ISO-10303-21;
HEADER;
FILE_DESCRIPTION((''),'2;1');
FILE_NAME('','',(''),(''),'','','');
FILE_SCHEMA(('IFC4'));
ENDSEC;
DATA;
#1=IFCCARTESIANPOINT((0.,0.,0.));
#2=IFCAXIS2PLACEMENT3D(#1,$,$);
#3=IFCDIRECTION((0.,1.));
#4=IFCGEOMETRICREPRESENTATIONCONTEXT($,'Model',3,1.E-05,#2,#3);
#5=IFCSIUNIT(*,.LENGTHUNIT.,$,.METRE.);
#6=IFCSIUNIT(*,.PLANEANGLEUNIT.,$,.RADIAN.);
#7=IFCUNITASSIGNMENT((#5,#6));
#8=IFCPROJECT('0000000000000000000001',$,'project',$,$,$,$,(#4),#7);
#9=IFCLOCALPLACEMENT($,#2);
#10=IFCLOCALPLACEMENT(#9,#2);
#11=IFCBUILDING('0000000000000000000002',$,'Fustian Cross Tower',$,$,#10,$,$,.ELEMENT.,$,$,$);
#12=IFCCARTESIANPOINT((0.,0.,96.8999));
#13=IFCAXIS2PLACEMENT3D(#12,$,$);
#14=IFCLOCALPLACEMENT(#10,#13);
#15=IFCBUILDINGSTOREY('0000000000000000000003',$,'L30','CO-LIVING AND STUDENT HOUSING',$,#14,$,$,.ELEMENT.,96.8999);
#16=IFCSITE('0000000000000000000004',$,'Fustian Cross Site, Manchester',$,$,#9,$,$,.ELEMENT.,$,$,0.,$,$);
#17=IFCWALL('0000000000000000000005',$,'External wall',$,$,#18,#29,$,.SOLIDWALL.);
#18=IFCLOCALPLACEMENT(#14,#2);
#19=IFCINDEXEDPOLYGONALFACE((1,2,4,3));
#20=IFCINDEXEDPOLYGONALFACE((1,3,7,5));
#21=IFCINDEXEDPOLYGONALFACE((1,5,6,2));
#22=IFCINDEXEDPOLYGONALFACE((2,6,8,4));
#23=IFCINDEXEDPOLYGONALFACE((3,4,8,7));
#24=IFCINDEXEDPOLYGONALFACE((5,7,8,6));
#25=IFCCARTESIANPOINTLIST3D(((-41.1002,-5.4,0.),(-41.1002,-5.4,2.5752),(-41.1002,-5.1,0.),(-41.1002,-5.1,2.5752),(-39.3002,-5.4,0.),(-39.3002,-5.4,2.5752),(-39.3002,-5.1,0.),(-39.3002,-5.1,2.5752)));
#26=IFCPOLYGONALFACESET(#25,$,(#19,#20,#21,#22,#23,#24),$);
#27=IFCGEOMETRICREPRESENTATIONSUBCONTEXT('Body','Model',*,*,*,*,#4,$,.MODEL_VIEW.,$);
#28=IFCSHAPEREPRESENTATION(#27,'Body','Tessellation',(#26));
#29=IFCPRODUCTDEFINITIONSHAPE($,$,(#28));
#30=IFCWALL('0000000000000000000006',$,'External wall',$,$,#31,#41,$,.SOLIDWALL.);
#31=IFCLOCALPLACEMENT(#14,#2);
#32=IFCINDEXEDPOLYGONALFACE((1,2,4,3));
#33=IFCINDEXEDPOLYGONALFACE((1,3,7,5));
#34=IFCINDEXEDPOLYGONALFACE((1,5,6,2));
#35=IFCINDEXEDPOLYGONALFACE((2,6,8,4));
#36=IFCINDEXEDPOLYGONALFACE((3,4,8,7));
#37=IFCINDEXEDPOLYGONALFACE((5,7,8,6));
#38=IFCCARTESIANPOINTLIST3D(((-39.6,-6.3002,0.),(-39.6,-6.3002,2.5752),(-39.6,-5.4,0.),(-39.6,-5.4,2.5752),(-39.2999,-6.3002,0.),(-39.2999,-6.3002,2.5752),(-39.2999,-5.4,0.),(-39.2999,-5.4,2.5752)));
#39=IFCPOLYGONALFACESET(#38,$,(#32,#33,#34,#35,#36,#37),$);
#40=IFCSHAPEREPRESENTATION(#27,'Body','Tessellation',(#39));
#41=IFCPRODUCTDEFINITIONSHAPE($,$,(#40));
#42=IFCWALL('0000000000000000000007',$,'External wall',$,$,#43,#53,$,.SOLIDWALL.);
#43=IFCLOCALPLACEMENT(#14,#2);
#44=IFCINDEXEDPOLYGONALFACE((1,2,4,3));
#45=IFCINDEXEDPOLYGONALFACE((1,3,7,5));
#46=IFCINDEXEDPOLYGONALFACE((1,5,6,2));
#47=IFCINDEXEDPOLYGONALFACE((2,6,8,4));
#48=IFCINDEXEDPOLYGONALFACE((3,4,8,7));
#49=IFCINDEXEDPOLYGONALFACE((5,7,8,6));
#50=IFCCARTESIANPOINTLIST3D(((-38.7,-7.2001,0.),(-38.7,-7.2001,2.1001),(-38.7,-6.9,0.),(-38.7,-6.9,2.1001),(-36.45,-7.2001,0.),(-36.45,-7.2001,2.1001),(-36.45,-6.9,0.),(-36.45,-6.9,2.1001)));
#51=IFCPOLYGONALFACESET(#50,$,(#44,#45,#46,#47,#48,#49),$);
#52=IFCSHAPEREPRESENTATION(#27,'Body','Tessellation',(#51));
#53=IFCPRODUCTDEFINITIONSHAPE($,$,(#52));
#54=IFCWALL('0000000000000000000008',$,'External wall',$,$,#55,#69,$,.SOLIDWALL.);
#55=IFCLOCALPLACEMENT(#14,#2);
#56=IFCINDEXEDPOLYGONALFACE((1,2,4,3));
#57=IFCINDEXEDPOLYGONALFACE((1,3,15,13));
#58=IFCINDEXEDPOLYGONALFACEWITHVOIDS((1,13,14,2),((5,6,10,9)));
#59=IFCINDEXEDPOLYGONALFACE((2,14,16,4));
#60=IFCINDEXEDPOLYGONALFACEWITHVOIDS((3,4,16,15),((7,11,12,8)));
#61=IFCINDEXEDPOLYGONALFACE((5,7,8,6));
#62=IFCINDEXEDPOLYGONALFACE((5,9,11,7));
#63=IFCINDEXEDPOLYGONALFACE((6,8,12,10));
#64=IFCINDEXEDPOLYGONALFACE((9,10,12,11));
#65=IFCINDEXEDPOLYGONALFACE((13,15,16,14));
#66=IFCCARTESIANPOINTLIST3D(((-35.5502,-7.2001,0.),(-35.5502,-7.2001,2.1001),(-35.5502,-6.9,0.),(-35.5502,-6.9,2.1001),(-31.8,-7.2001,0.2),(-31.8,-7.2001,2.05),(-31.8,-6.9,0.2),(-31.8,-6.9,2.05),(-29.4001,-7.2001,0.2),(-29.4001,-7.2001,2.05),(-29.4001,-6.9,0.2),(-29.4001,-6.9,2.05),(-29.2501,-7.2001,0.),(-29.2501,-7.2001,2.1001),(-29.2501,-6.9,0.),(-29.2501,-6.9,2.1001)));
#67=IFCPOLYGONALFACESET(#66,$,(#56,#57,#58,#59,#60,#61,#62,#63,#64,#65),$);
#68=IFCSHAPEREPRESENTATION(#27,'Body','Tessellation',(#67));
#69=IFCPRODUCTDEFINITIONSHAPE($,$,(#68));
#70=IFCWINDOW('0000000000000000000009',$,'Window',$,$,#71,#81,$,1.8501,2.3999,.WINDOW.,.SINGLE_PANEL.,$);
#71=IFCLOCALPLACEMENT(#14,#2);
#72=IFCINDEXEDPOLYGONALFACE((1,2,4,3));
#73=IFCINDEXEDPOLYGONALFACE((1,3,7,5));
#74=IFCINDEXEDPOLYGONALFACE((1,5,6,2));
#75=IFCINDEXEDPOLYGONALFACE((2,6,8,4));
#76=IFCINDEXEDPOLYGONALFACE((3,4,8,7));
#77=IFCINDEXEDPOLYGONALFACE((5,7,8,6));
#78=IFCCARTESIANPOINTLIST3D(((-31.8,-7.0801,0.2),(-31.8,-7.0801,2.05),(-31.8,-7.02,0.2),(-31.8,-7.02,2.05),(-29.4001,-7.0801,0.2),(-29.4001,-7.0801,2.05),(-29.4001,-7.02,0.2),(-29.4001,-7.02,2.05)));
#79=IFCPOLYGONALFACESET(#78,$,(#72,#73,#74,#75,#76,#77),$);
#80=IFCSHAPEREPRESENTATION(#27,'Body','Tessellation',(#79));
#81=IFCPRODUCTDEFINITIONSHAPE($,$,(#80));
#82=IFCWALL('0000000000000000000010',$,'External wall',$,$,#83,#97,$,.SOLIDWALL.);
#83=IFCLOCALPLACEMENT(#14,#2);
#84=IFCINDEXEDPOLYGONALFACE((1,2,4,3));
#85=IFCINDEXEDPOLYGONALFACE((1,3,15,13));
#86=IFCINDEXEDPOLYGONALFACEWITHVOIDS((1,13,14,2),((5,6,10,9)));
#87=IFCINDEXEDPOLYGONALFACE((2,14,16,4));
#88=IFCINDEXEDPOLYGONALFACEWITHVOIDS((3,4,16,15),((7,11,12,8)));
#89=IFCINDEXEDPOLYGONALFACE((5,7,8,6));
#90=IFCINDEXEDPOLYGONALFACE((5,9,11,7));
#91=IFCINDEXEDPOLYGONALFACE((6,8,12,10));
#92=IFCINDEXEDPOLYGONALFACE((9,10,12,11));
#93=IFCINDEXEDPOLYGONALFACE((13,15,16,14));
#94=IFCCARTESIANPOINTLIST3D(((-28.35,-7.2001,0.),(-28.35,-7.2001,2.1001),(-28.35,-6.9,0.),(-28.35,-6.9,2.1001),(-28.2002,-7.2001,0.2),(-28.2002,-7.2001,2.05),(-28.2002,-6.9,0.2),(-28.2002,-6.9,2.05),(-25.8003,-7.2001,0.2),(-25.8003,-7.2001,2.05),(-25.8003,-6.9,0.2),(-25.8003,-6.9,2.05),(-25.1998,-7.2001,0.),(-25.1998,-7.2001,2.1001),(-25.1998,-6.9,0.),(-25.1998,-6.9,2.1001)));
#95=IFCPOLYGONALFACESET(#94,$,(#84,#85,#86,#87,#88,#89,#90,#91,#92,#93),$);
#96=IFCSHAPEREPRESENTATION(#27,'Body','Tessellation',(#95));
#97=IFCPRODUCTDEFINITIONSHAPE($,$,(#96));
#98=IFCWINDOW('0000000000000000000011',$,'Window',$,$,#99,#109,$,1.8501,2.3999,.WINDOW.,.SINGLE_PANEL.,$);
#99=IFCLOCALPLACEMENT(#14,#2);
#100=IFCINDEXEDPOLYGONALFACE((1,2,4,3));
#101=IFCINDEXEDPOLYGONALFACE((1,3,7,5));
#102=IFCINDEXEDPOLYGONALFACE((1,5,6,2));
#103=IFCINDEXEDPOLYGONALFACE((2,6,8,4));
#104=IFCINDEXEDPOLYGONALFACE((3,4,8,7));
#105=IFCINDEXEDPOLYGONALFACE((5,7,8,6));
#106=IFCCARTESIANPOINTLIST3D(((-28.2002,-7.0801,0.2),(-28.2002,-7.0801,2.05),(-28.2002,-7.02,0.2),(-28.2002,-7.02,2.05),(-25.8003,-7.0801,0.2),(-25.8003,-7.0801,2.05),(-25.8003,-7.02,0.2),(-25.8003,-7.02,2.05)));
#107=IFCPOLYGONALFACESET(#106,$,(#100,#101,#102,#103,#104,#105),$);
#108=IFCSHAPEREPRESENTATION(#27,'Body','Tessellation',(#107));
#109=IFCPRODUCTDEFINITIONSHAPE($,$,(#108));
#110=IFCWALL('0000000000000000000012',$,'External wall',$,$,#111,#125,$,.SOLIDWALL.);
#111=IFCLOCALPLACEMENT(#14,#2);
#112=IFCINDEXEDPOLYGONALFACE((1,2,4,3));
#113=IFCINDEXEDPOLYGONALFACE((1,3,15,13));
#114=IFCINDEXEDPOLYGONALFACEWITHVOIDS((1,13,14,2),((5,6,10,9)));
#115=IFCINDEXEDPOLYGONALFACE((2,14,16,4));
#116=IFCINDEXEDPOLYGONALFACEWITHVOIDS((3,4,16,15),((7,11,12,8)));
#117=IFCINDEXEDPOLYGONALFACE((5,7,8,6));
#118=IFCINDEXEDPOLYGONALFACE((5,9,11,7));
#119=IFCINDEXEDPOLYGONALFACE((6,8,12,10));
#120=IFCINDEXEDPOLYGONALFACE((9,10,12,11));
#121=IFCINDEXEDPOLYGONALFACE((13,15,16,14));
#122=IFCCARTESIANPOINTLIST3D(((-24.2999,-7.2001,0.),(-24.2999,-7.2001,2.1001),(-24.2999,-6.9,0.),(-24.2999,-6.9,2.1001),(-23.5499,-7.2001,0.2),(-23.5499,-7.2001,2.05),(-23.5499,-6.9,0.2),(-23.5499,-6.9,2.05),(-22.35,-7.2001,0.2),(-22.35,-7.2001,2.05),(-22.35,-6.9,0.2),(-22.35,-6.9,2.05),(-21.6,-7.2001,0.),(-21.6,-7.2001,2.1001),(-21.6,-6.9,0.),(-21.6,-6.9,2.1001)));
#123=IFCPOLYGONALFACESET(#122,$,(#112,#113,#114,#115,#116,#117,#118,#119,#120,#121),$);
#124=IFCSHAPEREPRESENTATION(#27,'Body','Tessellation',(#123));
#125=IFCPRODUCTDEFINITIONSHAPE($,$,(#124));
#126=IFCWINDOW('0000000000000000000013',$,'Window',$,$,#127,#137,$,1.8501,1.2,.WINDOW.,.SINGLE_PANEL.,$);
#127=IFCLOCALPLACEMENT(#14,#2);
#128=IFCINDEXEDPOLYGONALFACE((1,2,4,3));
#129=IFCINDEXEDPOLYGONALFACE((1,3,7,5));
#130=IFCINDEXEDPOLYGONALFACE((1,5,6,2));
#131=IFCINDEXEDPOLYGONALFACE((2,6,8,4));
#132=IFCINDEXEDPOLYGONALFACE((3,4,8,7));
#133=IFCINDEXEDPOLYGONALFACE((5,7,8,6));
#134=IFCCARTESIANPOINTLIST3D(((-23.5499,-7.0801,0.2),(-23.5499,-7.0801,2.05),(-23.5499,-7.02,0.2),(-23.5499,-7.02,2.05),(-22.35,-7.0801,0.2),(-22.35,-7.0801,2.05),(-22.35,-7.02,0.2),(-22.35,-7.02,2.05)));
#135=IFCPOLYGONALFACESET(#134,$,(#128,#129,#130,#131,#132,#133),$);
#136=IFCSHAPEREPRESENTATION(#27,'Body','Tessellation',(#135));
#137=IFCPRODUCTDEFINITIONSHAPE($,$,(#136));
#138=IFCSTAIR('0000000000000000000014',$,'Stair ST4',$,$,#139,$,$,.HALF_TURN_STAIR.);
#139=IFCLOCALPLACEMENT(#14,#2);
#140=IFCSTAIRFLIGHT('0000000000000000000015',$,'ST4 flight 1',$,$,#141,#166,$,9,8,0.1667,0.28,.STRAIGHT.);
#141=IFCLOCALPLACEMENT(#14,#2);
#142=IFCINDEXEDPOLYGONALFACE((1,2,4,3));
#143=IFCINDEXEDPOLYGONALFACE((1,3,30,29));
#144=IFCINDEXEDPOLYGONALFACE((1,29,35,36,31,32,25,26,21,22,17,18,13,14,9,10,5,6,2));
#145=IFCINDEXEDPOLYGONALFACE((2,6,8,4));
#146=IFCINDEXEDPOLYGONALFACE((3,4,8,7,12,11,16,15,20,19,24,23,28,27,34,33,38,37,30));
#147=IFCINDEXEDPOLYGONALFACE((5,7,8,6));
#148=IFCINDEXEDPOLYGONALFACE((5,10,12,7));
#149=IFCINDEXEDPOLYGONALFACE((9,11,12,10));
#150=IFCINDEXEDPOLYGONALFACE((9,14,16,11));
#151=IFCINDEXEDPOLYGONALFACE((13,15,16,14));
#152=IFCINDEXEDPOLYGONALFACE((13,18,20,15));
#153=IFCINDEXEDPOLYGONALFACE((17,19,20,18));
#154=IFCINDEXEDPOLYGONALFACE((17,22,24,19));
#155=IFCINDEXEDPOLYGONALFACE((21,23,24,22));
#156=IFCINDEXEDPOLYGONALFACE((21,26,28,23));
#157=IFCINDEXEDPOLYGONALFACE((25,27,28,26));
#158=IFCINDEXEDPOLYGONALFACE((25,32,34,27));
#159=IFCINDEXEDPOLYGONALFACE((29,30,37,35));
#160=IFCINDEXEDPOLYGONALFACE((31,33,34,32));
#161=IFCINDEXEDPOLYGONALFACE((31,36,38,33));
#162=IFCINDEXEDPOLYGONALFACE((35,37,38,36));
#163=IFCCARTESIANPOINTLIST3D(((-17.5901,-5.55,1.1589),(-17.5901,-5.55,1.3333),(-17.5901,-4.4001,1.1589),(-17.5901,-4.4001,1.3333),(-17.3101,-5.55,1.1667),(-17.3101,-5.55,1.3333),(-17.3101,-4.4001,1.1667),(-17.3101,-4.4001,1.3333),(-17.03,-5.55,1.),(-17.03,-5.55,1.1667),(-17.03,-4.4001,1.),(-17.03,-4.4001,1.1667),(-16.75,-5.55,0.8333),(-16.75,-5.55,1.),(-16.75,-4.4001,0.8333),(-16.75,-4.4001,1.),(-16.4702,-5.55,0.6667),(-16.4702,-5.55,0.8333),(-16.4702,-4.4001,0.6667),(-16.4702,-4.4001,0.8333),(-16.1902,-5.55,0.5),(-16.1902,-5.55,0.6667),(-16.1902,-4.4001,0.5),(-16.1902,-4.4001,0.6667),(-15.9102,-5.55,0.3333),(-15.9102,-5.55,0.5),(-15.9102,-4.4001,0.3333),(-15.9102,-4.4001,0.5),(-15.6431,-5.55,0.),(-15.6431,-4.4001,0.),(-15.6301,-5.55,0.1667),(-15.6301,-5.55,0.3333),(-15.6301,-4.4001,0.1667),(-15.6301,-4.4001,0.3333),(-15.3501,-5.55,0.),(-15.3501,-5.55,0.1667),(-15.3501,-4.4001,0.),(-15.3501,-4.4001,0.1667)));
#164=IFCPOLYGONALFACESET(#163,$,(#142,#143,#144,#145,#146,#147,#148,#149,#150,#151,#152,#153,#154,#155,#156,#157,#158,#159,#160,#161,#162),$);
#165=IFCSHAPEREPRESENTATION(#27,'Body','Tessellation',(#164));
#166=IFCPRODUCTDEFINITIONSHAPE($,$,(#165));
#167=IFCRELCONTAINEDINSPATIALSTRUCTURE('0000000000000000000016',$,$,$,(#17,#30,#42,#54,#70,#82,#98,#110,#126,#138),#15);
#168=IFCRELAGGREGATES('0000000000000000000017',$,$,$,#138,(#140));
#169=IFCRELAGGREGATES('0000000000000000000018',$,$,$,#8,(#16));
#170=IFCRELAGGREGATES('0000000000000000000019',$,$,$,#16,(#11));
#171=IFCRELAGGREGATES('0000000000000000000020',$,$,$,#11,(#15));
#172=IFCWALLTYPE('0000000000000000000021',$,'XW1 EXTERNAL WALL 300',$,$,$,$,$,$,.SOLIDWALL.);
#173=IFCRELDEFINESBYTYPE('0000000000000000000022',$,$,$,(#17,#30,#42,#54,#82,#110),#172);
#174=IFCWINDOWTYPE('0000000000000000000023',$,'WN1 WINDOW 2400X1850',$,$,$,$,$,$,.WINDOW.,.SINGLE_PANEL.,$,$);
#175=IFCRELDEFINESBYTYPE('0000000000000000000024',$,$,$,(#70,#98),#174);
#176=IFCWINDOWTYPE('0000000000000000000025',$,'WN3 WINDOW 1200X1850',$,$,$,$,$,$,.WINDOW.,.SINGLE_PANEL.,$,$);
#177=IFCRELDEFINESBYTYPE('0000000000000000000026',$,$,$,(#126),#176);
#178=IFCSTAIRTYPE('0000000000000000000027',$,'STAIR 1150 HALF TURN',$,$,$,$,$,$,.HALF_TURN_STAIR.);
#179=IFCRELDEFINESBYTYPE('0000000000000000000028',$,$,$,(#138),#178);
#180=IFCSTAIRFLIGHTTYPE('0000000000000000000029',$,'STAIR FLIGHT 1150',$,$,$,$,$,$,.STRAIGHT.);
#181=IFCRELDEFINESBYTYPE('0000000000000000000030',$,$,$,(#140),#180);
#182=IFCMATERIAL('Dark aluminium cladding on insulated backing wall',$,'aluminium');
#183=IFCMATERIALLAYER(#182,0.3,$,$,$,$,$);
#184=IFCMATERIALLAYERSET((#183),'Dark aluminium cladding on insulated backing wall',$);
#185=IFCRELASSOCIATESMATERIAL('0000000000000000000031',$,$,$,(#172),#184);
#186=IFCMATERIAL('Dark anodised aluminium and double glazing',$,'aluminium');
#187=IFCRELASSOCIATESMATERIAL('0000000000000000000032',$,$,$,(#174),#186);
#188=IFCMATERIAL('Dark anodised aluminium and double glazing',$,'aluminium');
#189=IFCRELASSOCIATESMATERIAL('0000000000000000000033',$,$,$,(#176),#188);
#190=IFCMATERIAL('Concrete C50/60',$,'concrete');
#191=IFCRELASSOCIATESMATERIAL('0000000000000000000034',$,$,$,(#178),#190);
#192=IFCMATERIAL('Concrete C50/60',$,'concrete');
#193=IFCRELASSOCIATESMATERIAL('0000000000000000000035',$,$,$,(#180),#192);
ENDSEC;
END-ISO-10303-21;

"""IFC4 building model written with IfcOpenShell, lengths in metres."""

from ifc_helpers import new_model, si_unit, direction, frame, frame_2d, origin, place, context, subcontext, project, spatial, polyline, rectangle, outline, extrude, material, layer, layer_set, type_object, element, fill, aggregate, save


model = new_model("IFC4")

# Units and contexts
model_context = context("Model", 3, precision=1e-05, world=origin(), true_north=direction((0.0, 1.0)))
body_context = subcontext(model_context, "Body", "Model", "MODEL_VIEW")
ifc_project = project(units=[si_unit("LENGTHUNIT", "METRE"), si_unit("PLANEANGLEUNIT", "RADIAN")], contexts=[model_context])

# Site, building, storey
site_placement = place(None, origin())
site = spatial("IfcSite", under=ifc_project, at=site_placement, Name="Fustian Cross Site, Manchester", CompositionType="ELEMENT", RefElevation=0.0)
building_placement = place(site_placement, origin())
building = spatial("IfcBuilding", under=site, at=building_placement, Name="Fustian Cross Tower", CompositionType="ELEMENT")
storey_placement = place(building_placement, frame((0.0, 0.0, 96.8999)))
storey = spatial("IfcBuildingStorey", under=building, at=storey_placement, Name="L30", Description="CO-LIVING AND STUDENT HOUSING", CompositionType="ELEMENT", Elevation=96.8999)

# Walls
ifc_material_1 = material(Name="Dark aluminium cladding on insulated backing wall", Category="aluminium")
ifc_layer_1 = layer(ifc_material_1, 0.3)
ifc_layer_set_1 = layer_set([ifc_layer_1], Name="Dark aluminium cladding on insulated backing wall")
wall_type_1 = type_object("IfcWallType", Name="XW1 EXTERNAL WALL 300", PredefinedType="SOLIDWALL", material=ifc_layer_set_1)
wall_1_placement = place(storey_placement, frame((-41.1001, -5.25, 0.0), z_axis=(0.0, 0.0, 1.0), x_axis=(1.0, 0.0, 0.0)))
element("IfcWall", 1, at=wall_1_placement, inside=storey, type_object=wall_type_1, Name="External wall", PredefinedType="SOLIDWALL", context=body_context, shape_type="SweptSolid", body=[
    extrude(rectangle(XDim=1.8, YDim=0.3, at=frame_2d((0.8999, 0.0))), origin(), (0.0, 0.0, 1.0), 2.5752),
])
wall_2_placement = place(storey_placement, frame((-39.45, -5.3999, 0.0), z_axis=(0.0, 0.0, 1.0), x_axis=(0.0, -1.0, 0.0)))
element("IfcWall", 2, at=wall_2_placement, inside=storey, type_object=wall_type_1, Name="External wall", PredefinedType="SOLIDWALL", context=body_context, shape_type="SweptSolid", body=[
    extrude(rectangle(XDim=0.9001, YDim=0.3, at=frame_2d((0.4502, 0.0))), origin(), (0.0, 0.0, 1.0), 2.5752),
])
wall_3_placement = place(storey_placement, frame((-38.7, -7.05, 0.0), z_axis=(0.0, 0.0, 1.0), x_axis=(1.0, 0.0, 0.0)))
element("IfcWall", 3, at=wall_3_placement, inside=storey, type_object=wall_type_1, Name="External wall", PredefinedType="SOLIDWALL", context=body_context, shape_type="SweptSolid", body=[
    extrude(rectangle(XDim=2.25, YDim=0.3, at=frame_2d((1.125, 0.0))), origin(), (0.0, 0.0, 1.0), 2.1001),
])

# Walls, openings, windows
wall_4_placement = place(storey_placement, frame((-35.55, -7.05, 0.0), z_axis=(0.0, 0.0, 1.0), x_axis=(1.0, 0.0, 0.0)))
wall_4 = element("IfcWall", 4, at=wall_4_placement, inside=storey, type_object=wall_type_1, Name="External wall", PredefinedType="SOLIDWALL", context=body_context, shape_type="SweptSolid", body=[
    extrude(rectangle(XDim=6.3, YDim=0.3, at=frame_2d((3.1499, 0.0))), origin(), (0.0, 0.0, 1.0), 2.1001),
])
opening_1_placement = place(wall_4_placement, frame((3.75, 0.0, 0.2)))
opening_1 = element("IfcOpeningElement", 5, at=opening_1_placement, cuts=wall_4, PredefinedType="OPENING", context=body_context, shape_type="SweptSolid", body=[
    extrude(rectangle(XDim=2.3999, YDim=1.8501, at=frame_2d((1.2, 0.925))), frame((0.0, 0.1599, 0.0), z_axis=(0.0, -1.0, 0.0), x_axis=(1.0, 0.0, 0.0)), (0.0, 0.0, 1.0), 0.3201),
])
ifc_material_2 = material(Name="Dark anodised aluminium and double glazing", Category="aluminium")
window_type_1 = type_object("IfcWindowType", Name="WN1 WINDOW 2400X1850", PartitioningType="SINGLE_PANEL", PredefinedType="WINDOW", material=ifc_material_2)
window_1_placement = place(opening_1_placement, origin())
window_1 = element("IfcWindow", 6, at=window_1_placement, inside=storey, type_object=window_type_1, Name="Window", OverallHeight=1.8501, OverallWidth=2.3999, PartitioningType="SINGLE_PANEL", PredefinedType="WINDOW", context=body_context, shape_type="SweptSolid", body=[
    extrude(rectangle(XDim=2.3999, YDim=1.8501, at=frame_2d((1.2, 0.925))), frame((0.0, 0.03, 0.0), z_axis=(0.0, -1.0, 0.0), x_axis=(1.0, 0.0, 0.0)), (0.0, 0.0, 1.0), 0.0601),
])
fill(opening_1, window_1)
wall_5_placement = place(storey_placement, frame((-28.3501, -7.05, 0.0), z_axis=(0.0, 0.0, 1.0), x_axis=(1.0, 0.0, 0.0)))
wall_5 = element("IfcWall", 7, at=wall_5_placement, inside=storey, type_object=wall_type_1, Name="External wall", PredefinedType="SOLIDWALL", context=body_context, shape_type="SweptSolid", body=[
    extrude(rectangle(XDim=3.1501, YDim=0.3, at=frame_2d((1.5752, 0.0))), origin(), (0.0, 0.0, 1.0), 2.1001),
])
opening_2_placement = place(wall_5_placement, frame((0.1499, 0.0, 0.2)))
opening_2 = element("IfcOpeningElement", 8, at=opening_2_placement, cuts=wall_5, PredefinedType="OPENING", context=body_context, shape_type="SweptSolid", body=[
    extrude(rectangle(XDim=2.3999, YDim=1.8501, at=frame_2d((1.2, 0.925))), frame((0.0, 0.1599, 0.0), z_axis=(0.0, -1.0, 0.0), x_axis=(1.0, 0.0, 0.0)), (0.0, 0.0, 1.0), 0.3201),
])
window_2_placement = place(opening_2_placement, origin())
window_2 = element("IfcWindow", 9, at=window_2_placement, inside=storey, type_object=window_type_1, Name="Window", OverallHeight=1.8501, OverallWidth=2.3999, PartitioningType="SINGLE_PANEL", PredefinedType="WINDOW", context=body_context, shape_type="SweptSolid", body=[
    extrude(rectangle(XDim=2.3999, YDim=1.8501, at=frame_2d((1.2, 0.925))), frame((0.0, 0.03, 0.0), z_axis=(0.0, -1.0, 0.0), x_axis=(1.0, 0.0, 0.0)), (0.0, 0.0, 1.0), 0.0601),
])
fill(opening_2, window_2)
wall_6_placement = place(storey_placement, frame((-24.3, -7.05, 0.0), z_axis=(0.0, 0.0, 1.0), x_axis=(1.0, 0.0, 0.0)))
wall_6 = element("IfcWall", 10, at=wall_6_placement, inside=storey, type_object=wall_type_1, Name="External wall", PredefinedType="SOLIDWALL", context=body_context, shape_type="SweptSolid", body=[
    extrude(rectangle(XDim=2.7, YDim=0.3, at=frame_2d((1.3501, 0.0))), origin(), (0.0, 0.0, 1.0), 2.1001),
])
opening_3_placement = place(wall_6_placement, frame((0.75, 0.0, 0.2)))
opening_3 = element("IfcOpeningElement", 11, at=opening_3_placement, cuts=wall_6, PredefinedType="OPENING", context=body_context, shape_type="SweptSolid", body=[
    extrude(rectangle(XDim=1.2, YDim=1.8501, at=frame_2d((0.6001, 0.925))), frame((0.0, 0.1599, 0.0), z_axis=(0.0, -1.0, 0.0), x_axis=(1.0, 0.0, 0.0)), (0.0, 0.0, 1.0), 0.3201),
])
ifc_material_3 = material(Name="Dark anodised aluminium and double glazing", Category="aluminium")
window_type_2 = type_object("IfcWindowType", Name="WN3 WINDOW 1200X1850", PartitioningType="SINGLE_PANEL", PredefinedType="WINDOW", material=ifc_material_3)
window_3_placement = place(opening_3_placement, origin())
window_3 = element("IfcWindow", 12, at=window_3_placement, inside=storey, type_object=window_type_2, Name="Window", OverallHeight=1.8501, OverallWidth=1.2, PartitioningType="SINGLE_PANEL", PredefinedType="WINDOW", context=body_context, shape_type="SweptSolid", body=[
    extrude(rectangle(XDim=1.2, YDim=1.8501, at=frame_2d((0.6001, 0.925))), frame((0.0, 0.03, 0.0), z_axis=(0.0, -1.0, 0.0), x_axis=(1.0, 0.0, 0.0)), (0.0, 0.0, 1.0), 0.0601),
])
fill(opening_3, window_3)

# Stair, stair flight
ifc_material_4 = material(Name="Concrete C50/60", Category="concrete")
stair_type = type_object("IfcStairType", Name="STAIR 1150 HALF TURN", PredefinedType="HALF_TURN_STAIR", material=ifc_material_4)
stair_placement = place(storey_placement, origin())
stair = element("IfcStair", 13, at=stair_placement, inside=storey, type_object=stair_type, Name="Stair ST4", PredefinedType="HALF_TURN_STAIR")
ifc_material_5 = material(Name="Concrete C50/60", Category="concrete")
stair_flight_type = type_object("IfcStairFlightType", Name="STAIR FLIGHT 1150", PredefinedType="STRAIGHT", material=ifc_material_5)
stair_flight_1_placement = place(storey_placement, frame((-15.3501, -4.9751, 0.0), z_axis=(0.0, 0.0, 1.0), x_axis=(-1.0, 0.0, 0.0)))
stair_flight_1 = element("IfcStairFlight", 14, at=stair_flight_1_placement, type_object=stair_flight_type, Name="ST4 flight 1", NumberOfRisers=9, NumberOfTreads=8, PredefinedType="STRAIGHT", RiserHeight=0.1667, TreadLength=0.28, context=body_context, shape_type="SweptSolid", body=[
    extrude(outline(polyline([(0.0, 0.0), (0.0, 0.1667), (0.28, 0.1667), (0.28, 0.3333), (0.5601, 0.3333), (0.5601, 0.5), (0.8401, 0.5), (0.8401, 0.6667), (1.1201, 0.6667), (1.1201, 0.8333), (1.3999, 0.8333), (1.3999, 1.0), (1.6799, 1.0), (1.6799, 1.1667), (1.96, 1.1667), (1.96, 1.3333), (2.24, 1.3333), (2.24, 1.5), (2.24, 1.1589), (0.293, 0.0), (0.0, 0.0)])), frame((0.0, 0.575, 0.0), z_axis=(0.0, -1.0, 0.0), x_axis=(1.0, 0.0, 0.0)), (0.0, 0.0, 1.0), 1.1499),
])
aggregate(stair, [stair_flight_1])

save(model, "model.ifc")
